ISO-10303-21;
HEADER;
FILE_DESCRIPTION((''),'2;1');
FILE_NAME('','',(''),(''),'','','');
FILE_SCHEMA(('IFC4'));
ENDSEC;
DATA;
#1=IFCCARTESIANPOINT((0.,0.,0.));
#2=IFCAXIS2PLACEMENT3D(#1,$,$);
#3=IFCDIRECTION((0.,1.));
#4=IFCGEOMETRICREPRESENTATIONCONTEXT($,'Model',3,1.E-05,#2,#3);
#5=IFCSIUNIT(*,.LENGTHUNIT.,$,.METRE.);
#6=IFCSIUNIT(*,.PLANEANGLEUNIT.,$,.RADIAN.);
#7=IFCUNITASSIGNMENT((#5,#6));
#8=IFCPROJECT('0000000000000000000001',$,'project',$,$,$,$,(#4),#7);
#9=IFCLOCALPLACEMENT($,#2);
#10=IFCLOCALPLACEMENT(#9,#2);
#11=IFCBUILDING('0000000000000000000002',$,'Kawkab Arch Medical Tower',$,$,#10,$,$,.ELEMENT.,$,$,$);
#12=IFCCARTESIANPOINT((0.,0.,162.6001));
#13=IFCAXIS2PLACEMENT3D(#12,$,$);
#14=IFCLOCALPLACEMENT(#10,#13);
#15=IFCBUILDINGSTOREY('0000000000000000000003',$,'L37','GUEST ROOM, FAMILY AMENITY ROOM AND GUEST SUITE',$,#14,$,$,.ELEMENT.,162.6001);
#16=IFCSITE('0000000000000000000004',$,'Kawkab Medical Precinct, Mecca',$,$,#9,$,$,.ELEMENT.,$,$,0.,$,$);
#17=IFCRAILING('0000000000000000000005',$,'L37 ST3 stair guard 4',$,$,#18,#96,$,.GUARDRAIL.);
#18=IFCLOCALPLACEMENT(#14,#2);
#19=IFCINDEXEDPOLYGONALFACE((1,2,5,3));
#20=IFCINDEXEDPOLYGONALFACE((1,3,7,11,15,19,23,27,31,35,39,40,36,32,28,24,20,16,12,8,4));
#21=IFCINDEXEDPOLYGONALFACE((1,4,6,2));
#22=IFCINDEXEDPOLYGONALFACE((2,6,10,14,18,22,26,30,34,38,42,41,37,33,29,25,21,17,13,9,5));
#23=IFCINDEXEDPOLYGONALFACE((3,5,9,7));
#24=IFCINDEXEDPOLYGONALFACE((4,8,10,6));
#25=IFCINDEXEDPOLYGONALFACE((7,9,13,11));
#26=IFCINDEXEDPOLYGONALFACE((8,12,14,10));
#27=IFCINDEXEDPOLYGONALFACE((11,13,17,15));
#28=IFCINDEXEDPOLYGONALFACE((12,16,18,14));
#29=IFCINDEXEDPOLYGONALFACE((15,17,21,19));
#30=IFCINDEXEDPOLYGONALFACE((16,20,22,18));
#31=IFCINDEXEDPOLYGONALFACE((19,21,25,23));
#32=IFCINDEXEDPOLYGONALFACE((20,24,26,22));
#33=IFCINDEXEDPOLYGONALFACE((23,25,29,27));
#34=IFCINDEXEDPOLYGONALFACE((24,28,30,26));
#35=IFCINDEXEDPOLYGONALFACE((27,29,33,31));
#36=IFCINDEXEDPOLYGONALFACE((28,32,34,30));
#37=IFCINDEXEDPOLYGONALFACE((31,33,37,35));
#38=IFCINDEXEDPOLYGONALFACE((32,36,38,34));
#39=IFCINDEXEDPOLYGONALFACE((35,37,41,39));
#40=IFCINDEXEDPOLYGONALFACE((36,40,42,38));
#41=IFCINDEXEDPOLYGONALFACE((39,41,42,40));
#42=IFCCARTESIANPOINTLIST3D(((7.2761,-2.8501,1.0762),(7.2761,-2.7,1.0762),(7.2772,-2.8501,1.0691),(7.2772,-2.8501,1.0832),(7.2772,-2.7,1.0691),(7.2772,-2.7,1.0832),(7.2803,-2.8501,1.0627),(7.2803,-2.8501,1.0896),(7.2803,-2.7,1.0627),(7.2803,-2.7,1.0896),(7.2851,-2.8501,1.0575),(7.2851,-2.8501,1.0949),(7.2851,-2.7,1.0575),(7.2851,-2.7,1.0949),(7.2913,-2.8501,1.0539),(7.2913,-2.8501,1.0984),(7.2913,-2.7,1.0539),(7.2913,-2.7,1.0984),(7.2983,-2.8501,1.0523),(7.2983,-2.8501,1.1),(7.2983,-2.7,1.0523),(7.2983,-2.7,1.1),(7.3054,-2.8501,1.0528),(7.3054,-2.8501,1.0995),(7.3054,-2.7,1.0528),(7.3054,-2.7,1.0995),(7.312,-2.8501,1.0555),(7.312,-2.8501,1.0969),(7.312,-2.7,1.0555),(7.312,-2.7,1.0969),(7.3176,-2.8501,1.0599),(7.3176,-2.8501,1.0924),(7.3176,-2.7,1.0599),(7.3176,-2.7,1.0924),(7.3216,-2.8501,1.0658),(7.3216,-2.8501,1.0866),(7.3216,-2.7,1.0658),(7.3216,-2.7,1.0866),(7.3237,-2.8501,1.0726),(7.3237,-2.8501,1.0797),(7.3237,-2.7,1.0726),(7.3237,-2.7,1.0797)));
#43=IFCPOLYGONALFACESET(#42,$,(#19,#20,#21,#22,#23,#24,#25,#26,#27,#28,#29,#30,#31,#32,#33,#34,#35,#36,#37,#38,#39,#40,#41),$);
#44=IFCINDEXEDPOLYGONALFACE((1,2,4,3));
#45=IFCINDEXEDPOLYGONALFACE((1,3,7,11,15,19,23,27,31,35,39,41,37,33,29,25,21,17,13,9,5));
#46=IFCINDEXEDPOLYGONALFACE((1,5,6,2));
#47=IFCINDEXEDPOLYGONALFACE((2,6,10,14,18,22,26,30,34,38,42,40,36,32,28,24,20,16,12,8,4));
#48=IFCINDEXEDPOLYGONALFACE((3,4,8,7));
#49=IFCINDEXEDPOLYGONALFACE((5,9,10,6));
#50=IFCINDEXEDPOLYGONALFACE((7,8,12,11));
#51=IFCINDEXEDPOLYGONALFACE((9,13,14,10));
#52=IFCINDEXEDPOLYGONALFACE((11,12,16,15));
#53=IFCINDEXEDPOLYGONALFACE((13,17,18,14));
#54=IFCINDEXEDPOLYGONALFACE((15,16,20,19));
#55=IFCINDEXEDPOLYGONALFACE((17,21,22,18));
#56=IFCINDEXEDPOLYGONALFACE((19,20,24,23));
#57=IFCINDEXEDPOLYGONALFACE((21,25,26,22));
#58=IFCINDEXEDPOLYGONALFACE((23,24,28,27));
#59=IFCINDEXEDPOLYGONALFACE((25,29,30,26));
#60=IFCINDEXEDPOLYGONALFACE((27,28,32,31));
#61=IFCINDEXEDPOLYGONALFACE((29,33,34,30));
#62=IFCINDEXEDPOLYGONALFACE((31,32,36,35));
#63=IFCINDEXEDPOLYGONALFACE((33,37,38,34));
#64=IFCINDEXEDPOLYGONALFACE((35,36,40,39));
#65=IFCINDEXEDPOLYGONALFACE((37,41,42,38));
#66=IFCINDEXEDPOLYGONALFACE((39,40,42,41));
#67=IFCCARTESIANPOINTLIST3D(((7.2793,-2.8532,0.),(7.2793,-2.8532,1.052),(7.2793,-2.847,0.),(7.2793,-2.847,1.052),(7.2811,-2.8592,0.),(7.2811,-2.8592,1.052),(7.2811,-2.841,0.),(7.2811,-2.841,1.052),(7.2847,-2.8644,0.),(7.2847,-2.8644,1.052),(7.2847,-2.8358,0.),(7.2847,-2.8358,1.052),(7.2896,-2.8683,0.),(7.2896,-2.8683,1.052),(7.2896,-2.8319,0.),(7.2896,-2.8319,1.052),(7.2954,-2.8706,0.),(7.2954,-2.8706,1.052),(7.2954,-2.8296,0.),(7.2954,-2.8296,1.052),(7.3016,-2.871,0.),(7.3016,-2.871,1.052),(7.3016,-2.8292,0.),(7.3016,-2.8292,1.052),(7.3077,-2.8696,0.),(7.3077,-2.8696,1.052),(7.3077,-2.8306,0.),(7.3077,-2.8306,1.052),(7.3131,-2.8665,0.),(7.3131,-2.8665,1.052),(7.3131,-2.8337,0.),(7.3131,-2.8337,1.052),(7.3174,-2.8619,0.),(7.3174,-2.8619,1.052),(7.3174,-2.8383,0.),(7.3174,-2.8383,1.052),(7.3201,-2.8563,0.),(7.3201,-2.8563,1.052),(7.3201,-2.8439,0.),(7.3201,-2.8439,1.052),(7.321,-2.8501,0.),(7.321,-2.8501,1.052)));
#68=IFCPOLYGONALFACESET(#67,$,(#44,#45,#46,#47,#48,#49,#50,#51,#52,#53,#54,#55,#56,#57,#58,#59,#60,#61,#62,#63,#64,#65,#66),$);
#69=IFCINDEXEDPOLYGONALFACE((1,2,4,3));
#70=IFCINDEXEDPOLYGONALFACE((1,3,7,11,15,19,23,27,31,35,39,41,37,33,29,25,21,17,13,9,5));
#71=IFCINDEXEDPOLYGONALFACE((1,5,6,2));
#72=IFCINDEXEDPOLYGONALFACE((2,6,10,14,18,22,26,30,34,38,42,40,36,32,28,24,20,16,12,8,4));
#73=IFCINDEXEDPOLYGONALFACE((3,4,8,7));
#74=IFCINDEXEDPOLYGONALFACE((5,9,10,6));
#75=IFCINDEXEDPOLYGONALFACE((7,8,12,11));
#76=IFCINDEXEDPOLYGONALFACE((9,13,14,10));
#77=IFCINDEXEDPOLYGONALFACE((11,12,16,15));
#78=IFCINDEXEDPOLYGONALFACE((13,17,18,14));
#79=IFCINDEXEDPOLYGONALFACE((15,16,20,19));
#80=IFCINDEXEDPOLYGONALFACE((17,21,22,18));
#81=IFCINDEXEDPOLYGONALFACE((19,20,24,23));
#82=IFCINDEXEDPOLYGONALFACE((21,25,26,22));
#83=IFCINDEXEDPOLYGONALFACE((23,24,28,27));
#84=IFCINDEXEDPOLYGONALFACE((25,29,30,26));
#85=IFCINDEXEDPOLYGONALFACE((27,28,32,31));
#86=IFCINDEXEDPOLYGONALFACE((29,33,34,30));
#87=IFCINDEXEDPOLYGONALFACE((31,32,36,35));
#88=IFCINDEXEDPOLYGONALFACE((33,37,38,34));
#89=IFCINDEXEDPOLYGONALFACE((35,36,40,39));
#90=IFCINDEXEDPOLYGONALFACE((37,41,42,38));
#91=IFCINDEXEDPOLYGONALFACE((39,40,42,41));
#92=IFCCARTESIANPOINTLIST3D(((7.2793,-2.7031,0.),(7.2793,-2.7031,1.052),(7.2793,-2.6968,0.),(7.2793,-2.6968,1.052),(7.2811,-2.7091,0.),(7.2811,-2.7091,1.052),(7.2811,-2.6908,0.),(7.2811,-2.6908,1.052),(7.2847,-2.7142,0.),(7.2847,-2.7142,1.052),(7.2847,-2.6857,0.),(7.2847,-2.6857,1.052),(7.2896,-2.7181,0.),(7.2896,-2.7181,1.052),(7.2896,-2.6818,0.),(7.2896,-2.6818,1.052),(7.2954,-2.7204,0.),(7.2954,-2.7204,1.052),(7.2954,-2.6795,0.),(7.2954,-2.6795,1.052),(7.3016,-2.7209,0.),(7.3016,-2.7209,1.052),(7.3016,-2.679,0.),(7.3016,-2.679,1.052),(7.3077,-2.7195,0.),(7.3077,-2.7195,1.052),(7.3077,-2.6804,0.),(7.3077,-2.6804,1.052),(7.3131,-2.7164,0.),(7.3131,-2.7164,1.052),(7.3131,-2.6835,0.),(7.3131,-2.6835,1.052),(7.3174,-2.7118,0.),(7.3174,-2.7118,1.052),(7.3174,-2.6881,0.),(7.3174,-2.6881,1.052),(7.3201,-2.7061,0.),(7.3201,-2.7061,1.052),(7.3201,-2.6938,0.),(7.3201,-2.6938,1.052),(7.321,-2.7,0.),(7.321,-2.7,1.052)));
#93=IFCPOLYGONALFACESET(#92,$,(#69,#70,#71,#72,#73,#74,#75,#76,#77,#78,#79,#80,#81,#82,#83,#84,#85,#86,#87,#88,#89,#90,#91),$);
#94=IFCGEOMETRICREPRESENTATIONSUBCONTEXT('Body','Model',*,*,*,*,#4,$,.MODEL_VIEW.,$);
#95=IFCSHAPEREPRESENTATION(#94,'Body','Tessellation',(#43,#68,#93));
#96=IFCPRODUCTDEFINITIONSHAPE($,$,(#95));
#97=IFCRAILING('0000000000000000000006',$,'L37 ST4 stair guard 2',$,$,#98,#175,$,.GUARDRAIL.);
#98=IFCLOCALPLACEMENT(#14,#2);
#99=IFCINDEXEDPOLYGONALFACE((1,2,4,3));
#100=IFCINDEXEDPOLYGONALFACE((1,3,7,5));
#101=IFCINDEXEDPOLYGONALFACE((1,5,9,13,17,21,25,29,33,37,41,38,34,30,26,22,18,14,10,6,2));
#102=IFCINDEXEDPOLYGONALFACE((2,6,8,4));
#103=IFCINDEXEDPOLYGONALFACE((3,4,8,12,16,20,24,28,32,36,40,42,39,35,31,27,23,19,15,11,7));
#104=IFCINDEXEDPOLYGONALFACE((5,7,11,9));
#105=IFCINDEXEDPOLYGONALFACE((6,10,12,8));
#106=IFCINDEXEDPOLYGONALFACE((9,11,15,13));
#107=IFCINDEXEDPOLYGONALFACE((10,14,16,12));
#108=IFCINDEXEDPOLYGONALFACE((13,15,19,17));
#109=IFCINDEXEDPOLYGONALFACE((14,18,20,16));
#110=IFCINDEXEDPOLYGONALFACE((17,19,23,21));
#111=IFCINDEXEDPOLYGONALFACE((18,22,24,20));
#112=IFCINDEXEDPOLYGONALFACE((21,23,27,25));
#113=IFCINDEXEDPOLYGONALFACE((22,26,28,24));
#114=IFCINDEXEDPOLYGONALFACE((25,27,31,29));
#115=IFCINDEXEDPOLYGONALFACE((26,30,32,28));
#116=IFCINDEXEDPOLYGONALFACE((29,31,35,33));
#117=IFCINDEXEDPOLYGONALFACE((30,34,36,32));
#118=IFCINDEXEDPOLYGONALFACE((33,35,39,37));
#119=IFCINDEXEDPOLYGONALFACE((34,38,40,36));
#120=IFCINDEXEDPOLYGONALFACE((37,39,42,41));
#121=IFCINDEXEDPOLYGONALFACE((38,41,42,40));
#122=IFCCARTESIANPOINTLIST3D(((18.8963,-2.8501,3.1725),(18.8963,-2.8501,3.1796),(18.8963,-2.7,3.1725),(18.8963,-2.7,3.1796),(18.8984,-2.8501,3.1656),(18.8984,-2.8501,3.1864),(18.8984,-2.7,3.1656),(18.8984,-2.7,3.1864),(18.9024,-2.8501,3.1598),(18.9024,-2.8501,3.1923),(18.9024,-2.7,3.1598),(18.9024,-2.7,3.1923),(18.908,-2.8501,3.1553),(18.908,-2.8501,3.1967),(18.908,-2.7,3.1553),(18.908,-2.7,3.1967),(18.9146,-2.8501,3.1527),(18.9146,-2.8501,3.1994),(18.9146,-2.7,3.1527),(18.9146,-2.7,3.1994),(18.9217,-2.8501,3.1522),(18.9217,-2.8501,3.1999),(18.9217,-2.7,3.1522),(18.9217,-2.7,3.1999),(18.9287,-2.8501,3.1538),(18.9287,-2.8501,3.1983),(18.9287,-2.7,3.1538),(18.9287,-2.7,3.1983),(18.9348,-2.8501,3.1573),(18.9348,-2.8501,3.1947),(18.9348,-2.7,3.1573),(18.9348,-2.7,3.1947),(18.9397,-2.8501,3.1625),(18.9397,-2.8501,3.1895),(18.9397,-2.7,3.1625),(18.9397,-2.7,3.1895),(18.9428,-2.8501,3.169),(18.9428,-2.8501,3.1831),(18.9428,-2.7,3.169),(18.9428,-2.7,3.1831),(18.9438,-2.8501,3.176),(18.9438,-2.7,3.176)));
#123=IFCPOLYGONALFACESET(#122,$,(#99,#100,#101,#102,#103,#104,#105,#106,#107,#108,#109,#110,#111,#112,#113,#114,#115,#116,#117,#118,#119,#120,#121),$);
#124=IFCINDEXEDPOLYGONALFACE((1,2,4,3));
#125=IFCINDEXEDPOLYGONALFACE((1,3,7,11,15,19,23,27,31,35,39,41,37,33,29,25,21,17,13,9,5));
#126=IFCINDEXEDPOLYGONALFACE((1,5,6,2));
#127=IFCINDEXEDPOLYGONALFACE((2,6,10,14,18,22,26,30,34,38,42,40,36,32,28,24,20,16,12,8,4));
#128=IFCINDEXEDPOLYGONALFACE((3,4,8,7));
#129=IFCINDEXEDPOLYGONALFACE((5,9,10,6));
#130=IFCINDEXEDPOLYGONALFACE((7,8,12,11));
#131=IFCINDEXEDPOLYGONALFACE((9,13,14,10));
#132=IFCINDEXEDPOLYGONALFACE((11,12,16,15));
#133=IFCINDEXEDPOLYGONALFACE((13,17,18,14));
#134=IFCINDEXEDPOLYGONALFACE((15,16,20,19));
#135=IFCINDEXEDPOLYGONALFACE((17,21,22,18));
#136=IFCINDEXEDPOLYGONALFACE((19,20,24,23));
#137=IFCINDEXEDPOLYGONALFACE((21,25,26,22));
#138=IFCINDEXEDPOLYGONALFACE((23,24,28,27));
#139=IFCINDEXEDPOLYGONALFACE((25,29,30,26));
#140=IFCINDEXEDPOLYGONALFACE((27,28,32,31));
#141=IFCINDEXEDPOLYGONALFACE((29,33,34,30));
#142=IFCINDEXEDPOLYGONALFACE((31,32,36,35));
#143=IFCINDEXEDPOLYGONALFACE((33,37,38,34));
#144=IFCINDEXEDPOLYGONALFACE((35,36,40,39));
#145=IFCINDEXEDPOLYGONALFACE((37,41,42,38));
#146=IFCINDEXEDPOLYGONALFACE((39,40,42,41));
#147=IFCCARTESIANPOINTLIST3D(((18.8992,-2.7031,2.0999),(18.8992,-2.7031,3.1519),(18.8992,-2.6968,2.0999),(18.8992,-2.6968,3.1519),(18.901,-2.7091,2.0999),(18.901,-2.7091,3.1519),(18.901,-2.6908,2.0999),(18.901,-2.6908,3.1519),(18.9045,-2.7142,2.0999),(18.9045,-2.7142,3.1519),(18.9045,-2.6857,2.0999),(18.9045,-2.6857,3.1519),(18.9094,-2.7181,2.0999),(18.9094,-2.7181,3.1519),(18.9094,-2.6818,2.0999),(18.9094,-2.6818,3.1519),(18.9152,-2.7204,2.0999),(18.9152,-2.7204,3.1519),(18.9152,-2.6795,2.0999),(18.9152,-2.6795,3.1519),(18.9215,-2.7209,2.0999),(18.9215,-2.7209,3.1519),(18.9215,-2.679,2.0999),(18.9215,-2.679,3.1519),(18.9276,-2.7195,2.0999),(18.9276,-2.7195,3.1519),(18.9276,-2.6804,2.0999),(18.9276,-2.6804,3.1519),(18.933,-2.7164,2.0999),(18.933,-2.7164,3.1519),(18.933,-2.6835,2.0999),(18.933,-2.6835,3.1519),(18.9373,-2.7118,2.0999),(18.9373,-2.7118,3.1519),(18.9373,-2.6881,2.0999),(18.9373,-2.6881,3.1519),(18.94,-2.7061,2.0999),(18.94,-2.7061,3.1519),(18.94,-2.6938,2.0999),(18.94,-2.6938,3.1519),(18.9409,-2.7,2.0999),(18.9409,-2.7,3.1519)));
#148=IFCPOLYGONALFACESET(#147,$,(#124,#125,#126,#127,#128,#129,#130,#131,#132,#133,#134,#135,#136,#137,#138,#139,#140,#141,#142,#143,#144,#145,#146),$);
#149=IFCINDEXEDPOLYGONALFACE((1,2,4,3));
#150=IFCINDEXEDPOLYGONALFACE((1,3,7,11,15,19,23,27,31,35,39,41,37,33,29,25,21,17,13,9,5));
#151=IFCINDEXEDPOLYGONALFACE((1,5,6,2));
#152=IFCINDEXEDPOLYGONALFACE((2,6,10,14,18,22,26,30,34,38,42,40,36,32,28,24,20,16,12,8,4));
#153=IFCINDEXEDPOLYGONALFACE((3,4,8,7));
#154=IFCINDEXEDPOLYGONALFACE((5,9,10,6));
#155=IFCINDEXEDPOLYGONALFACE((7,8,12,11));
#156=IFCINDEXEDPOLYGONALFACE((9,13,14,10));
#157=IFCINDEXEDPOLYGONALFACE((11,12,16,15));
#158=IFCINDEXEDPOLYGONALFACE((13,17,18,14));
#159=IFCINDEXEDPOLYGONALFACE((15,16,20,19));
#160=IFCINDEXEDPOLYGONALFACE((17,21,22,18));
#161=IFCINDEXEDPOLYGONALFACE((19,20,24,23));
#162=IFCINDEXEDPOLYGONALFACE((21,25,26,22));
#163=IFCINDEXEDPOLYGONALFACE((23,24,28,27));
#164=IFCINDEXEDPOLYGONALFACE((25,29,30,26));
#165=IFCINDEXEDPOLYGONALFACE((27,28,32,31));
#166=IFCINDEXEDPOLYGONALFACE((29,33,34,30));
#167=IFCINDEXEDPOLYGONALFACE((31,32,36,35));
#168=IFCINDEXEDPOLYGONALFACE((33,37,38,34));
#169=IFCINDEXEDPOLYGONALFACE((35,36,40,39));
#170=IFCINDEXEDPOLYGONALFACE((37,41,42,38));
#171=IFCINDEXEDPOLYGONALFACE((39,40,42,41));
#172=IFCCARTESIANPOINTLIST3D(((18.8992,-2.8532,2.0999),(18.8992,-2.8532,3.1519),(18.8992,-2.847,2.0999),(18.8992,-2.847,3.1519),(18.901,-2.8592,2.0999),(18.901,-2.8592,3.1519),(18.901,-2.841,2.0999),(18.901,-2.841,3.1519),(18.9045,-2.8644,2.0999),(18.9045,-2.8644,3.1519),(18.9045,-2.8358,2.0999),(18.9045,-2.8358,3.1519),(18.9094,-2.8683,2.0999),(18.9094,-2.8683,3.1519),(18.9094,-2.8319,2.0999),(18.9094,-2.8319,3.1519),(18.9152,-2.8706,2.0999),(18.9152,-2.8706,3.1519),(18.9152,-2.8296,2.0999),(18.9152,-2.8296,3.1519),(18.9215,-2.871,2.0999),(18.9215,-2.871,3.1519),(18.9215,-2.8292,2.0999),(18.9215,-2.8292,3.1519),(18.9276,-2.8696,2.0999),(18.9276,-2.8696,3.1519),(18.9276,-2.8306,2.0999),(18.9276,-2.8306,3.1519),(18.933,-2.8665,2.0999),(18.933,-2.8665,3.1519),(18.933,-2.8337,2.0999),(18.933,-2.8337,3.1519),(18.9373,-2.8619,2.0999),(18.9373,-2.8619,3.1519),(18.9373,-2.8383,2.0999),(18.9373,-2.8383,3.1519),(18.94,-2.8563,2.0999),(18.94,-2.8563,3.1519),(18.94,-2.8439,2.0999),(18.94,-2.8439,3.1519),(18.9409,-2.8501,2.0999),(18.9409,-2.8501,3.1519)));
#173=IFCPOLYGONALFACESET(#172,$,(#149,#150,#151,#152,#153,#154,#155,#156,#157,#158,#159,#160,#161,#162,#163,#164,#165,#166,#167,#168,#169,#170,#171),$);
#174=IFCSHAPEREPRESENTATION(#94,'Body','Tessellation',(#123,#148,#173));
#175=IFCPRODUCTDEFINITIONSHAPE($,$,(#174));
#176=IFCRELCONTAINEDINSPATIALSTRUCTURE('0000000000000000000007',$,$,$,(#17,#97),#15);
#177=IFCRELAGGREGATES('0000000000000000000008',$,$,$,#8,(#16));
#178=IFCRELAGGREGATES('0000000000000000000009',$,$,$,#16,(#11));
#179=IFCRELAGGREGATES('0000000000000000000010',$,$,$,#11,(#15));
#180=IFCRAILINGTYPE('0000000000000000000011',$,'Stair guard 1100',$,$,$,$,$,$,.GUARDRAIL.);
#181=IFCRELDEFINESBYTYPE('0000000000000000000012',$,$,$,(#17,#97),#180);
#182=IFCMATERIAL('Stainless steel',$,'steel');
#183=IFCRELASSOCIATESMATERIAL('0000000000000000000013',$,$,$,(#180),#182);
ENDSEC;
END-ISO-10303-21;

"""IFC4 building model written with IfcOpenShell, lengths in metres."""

from ifc_helpers import new_model, si_unit, direction, frame, origin, origin_2d, place, context, subcontext, project, spatial, circle, extrude, material, type_object, element, save


model = new_model("IFC4")

# Units and contexts
model_context = context("Model", 3, precision=1e-05, world=origin(), true_north=direction((0.0, 1.0)))
body_context = subcontext(model_context, "Body", "Model", "MODEL_VIEW")
ifc_project = project(units=[si_unit("LENGTHUNIT", "METRE"), si_unit("PLANEANGLEUNIT", "RADIAN")], contexts=[model_context])

# Site, building, storey
site_placement = place(None, origin())
site = spatial("IfcSite", under=ifc_project, at=site_placement, Name="Kawkab Medical Precinct, Mecca", CompositionType="ELEMENT", RefElevation=0.0)
building_placement = place(site_placement, origin())
building = spatial("IfcBuilding", under=site, at=building_placement, Name="Kawkab Arch Medical Tower", CompositionType="ELEMENT")
storey_placement = place(building_placement, frame((0.0, 0.0, 162.6001)))
storey = spatial("IfcBuildingStorey", under=building, at=storey_placement, Name="L37", Description="GUEST ROOM, FAMILY AMENITY ROOM AND GUEST SUITE", CompositionType="ELEMENT", Elevation=162.6001)

# Railings
ifc_material_1 = material(Name="Stainless steel", Category="steel")
railing_type_1 = type_object("IfcRailingType", Name="Stair guard 1100", PredefinedType="GUARDRAIL", material=ifc_material_1)
railing_1_placement = place(storey_placement, frame((7.3, -2.8501, 0.0)))
element("IfcRailing", 1, at=railing_1_placement, inside=storey, type_object=railing_type_1, Name="L37 ST3 stair guard 4", PredefinedType="GUARDRAIL", context=body_context, shape_type="SweptSolid", body=[
    extrude(circle(Radius=0.0239, at=origin_2d()), frame((0.0, 0.0, 1.0762), z_axis=(0.0, 1.0, 0.0), x_axis=(-1.0, 0.0, 0.0)), (0.0, 0.0, 1.0), 0.1501),
    extrude(circle(Radius=0.021, at=origin_2d()), origin(), (0.0, 0.0, 1.0), 1.052),
    extrude(circle(Radius=0.021, at=origin_2d()), frame((0.0, 0.1501, 0.0)), (0.0, 0.0, 1.0), 1.052),
])
railing_2_placement = place(storey_placement, frame((18.9199, -2.7, 2.0999)))
element("IfcRailing", 2, at=railing_2_placement, inside=storey, type_object=railing_type_1, Name="L37 ST4 stair guard 2", PredefinedType="GUARDRAIL", context=body_context, shape_type="SweptSolid", body=[
    extrude(circle(Radius=0.0239, at=origin_2d()), frame((0.0, 0.0, 1.0762), z_axis=(0.0, -1.0, 0.0), x_axis=(1.0, 0.0, 0.0)), (0.0, 0.0, 1.0), 0.1501),
    extrude(circle(Radius=0.021, at=origin_2d()), origin(), (0.0, 0.0, 1.0), 1.052),
    extrude(circle(Radius=0.021, at=origin_2d()), frame((0.0, -0.1501, 0.0)), (0.0, 0.0, 1.0), 1.052),
])

save(model, "model.ifc")
